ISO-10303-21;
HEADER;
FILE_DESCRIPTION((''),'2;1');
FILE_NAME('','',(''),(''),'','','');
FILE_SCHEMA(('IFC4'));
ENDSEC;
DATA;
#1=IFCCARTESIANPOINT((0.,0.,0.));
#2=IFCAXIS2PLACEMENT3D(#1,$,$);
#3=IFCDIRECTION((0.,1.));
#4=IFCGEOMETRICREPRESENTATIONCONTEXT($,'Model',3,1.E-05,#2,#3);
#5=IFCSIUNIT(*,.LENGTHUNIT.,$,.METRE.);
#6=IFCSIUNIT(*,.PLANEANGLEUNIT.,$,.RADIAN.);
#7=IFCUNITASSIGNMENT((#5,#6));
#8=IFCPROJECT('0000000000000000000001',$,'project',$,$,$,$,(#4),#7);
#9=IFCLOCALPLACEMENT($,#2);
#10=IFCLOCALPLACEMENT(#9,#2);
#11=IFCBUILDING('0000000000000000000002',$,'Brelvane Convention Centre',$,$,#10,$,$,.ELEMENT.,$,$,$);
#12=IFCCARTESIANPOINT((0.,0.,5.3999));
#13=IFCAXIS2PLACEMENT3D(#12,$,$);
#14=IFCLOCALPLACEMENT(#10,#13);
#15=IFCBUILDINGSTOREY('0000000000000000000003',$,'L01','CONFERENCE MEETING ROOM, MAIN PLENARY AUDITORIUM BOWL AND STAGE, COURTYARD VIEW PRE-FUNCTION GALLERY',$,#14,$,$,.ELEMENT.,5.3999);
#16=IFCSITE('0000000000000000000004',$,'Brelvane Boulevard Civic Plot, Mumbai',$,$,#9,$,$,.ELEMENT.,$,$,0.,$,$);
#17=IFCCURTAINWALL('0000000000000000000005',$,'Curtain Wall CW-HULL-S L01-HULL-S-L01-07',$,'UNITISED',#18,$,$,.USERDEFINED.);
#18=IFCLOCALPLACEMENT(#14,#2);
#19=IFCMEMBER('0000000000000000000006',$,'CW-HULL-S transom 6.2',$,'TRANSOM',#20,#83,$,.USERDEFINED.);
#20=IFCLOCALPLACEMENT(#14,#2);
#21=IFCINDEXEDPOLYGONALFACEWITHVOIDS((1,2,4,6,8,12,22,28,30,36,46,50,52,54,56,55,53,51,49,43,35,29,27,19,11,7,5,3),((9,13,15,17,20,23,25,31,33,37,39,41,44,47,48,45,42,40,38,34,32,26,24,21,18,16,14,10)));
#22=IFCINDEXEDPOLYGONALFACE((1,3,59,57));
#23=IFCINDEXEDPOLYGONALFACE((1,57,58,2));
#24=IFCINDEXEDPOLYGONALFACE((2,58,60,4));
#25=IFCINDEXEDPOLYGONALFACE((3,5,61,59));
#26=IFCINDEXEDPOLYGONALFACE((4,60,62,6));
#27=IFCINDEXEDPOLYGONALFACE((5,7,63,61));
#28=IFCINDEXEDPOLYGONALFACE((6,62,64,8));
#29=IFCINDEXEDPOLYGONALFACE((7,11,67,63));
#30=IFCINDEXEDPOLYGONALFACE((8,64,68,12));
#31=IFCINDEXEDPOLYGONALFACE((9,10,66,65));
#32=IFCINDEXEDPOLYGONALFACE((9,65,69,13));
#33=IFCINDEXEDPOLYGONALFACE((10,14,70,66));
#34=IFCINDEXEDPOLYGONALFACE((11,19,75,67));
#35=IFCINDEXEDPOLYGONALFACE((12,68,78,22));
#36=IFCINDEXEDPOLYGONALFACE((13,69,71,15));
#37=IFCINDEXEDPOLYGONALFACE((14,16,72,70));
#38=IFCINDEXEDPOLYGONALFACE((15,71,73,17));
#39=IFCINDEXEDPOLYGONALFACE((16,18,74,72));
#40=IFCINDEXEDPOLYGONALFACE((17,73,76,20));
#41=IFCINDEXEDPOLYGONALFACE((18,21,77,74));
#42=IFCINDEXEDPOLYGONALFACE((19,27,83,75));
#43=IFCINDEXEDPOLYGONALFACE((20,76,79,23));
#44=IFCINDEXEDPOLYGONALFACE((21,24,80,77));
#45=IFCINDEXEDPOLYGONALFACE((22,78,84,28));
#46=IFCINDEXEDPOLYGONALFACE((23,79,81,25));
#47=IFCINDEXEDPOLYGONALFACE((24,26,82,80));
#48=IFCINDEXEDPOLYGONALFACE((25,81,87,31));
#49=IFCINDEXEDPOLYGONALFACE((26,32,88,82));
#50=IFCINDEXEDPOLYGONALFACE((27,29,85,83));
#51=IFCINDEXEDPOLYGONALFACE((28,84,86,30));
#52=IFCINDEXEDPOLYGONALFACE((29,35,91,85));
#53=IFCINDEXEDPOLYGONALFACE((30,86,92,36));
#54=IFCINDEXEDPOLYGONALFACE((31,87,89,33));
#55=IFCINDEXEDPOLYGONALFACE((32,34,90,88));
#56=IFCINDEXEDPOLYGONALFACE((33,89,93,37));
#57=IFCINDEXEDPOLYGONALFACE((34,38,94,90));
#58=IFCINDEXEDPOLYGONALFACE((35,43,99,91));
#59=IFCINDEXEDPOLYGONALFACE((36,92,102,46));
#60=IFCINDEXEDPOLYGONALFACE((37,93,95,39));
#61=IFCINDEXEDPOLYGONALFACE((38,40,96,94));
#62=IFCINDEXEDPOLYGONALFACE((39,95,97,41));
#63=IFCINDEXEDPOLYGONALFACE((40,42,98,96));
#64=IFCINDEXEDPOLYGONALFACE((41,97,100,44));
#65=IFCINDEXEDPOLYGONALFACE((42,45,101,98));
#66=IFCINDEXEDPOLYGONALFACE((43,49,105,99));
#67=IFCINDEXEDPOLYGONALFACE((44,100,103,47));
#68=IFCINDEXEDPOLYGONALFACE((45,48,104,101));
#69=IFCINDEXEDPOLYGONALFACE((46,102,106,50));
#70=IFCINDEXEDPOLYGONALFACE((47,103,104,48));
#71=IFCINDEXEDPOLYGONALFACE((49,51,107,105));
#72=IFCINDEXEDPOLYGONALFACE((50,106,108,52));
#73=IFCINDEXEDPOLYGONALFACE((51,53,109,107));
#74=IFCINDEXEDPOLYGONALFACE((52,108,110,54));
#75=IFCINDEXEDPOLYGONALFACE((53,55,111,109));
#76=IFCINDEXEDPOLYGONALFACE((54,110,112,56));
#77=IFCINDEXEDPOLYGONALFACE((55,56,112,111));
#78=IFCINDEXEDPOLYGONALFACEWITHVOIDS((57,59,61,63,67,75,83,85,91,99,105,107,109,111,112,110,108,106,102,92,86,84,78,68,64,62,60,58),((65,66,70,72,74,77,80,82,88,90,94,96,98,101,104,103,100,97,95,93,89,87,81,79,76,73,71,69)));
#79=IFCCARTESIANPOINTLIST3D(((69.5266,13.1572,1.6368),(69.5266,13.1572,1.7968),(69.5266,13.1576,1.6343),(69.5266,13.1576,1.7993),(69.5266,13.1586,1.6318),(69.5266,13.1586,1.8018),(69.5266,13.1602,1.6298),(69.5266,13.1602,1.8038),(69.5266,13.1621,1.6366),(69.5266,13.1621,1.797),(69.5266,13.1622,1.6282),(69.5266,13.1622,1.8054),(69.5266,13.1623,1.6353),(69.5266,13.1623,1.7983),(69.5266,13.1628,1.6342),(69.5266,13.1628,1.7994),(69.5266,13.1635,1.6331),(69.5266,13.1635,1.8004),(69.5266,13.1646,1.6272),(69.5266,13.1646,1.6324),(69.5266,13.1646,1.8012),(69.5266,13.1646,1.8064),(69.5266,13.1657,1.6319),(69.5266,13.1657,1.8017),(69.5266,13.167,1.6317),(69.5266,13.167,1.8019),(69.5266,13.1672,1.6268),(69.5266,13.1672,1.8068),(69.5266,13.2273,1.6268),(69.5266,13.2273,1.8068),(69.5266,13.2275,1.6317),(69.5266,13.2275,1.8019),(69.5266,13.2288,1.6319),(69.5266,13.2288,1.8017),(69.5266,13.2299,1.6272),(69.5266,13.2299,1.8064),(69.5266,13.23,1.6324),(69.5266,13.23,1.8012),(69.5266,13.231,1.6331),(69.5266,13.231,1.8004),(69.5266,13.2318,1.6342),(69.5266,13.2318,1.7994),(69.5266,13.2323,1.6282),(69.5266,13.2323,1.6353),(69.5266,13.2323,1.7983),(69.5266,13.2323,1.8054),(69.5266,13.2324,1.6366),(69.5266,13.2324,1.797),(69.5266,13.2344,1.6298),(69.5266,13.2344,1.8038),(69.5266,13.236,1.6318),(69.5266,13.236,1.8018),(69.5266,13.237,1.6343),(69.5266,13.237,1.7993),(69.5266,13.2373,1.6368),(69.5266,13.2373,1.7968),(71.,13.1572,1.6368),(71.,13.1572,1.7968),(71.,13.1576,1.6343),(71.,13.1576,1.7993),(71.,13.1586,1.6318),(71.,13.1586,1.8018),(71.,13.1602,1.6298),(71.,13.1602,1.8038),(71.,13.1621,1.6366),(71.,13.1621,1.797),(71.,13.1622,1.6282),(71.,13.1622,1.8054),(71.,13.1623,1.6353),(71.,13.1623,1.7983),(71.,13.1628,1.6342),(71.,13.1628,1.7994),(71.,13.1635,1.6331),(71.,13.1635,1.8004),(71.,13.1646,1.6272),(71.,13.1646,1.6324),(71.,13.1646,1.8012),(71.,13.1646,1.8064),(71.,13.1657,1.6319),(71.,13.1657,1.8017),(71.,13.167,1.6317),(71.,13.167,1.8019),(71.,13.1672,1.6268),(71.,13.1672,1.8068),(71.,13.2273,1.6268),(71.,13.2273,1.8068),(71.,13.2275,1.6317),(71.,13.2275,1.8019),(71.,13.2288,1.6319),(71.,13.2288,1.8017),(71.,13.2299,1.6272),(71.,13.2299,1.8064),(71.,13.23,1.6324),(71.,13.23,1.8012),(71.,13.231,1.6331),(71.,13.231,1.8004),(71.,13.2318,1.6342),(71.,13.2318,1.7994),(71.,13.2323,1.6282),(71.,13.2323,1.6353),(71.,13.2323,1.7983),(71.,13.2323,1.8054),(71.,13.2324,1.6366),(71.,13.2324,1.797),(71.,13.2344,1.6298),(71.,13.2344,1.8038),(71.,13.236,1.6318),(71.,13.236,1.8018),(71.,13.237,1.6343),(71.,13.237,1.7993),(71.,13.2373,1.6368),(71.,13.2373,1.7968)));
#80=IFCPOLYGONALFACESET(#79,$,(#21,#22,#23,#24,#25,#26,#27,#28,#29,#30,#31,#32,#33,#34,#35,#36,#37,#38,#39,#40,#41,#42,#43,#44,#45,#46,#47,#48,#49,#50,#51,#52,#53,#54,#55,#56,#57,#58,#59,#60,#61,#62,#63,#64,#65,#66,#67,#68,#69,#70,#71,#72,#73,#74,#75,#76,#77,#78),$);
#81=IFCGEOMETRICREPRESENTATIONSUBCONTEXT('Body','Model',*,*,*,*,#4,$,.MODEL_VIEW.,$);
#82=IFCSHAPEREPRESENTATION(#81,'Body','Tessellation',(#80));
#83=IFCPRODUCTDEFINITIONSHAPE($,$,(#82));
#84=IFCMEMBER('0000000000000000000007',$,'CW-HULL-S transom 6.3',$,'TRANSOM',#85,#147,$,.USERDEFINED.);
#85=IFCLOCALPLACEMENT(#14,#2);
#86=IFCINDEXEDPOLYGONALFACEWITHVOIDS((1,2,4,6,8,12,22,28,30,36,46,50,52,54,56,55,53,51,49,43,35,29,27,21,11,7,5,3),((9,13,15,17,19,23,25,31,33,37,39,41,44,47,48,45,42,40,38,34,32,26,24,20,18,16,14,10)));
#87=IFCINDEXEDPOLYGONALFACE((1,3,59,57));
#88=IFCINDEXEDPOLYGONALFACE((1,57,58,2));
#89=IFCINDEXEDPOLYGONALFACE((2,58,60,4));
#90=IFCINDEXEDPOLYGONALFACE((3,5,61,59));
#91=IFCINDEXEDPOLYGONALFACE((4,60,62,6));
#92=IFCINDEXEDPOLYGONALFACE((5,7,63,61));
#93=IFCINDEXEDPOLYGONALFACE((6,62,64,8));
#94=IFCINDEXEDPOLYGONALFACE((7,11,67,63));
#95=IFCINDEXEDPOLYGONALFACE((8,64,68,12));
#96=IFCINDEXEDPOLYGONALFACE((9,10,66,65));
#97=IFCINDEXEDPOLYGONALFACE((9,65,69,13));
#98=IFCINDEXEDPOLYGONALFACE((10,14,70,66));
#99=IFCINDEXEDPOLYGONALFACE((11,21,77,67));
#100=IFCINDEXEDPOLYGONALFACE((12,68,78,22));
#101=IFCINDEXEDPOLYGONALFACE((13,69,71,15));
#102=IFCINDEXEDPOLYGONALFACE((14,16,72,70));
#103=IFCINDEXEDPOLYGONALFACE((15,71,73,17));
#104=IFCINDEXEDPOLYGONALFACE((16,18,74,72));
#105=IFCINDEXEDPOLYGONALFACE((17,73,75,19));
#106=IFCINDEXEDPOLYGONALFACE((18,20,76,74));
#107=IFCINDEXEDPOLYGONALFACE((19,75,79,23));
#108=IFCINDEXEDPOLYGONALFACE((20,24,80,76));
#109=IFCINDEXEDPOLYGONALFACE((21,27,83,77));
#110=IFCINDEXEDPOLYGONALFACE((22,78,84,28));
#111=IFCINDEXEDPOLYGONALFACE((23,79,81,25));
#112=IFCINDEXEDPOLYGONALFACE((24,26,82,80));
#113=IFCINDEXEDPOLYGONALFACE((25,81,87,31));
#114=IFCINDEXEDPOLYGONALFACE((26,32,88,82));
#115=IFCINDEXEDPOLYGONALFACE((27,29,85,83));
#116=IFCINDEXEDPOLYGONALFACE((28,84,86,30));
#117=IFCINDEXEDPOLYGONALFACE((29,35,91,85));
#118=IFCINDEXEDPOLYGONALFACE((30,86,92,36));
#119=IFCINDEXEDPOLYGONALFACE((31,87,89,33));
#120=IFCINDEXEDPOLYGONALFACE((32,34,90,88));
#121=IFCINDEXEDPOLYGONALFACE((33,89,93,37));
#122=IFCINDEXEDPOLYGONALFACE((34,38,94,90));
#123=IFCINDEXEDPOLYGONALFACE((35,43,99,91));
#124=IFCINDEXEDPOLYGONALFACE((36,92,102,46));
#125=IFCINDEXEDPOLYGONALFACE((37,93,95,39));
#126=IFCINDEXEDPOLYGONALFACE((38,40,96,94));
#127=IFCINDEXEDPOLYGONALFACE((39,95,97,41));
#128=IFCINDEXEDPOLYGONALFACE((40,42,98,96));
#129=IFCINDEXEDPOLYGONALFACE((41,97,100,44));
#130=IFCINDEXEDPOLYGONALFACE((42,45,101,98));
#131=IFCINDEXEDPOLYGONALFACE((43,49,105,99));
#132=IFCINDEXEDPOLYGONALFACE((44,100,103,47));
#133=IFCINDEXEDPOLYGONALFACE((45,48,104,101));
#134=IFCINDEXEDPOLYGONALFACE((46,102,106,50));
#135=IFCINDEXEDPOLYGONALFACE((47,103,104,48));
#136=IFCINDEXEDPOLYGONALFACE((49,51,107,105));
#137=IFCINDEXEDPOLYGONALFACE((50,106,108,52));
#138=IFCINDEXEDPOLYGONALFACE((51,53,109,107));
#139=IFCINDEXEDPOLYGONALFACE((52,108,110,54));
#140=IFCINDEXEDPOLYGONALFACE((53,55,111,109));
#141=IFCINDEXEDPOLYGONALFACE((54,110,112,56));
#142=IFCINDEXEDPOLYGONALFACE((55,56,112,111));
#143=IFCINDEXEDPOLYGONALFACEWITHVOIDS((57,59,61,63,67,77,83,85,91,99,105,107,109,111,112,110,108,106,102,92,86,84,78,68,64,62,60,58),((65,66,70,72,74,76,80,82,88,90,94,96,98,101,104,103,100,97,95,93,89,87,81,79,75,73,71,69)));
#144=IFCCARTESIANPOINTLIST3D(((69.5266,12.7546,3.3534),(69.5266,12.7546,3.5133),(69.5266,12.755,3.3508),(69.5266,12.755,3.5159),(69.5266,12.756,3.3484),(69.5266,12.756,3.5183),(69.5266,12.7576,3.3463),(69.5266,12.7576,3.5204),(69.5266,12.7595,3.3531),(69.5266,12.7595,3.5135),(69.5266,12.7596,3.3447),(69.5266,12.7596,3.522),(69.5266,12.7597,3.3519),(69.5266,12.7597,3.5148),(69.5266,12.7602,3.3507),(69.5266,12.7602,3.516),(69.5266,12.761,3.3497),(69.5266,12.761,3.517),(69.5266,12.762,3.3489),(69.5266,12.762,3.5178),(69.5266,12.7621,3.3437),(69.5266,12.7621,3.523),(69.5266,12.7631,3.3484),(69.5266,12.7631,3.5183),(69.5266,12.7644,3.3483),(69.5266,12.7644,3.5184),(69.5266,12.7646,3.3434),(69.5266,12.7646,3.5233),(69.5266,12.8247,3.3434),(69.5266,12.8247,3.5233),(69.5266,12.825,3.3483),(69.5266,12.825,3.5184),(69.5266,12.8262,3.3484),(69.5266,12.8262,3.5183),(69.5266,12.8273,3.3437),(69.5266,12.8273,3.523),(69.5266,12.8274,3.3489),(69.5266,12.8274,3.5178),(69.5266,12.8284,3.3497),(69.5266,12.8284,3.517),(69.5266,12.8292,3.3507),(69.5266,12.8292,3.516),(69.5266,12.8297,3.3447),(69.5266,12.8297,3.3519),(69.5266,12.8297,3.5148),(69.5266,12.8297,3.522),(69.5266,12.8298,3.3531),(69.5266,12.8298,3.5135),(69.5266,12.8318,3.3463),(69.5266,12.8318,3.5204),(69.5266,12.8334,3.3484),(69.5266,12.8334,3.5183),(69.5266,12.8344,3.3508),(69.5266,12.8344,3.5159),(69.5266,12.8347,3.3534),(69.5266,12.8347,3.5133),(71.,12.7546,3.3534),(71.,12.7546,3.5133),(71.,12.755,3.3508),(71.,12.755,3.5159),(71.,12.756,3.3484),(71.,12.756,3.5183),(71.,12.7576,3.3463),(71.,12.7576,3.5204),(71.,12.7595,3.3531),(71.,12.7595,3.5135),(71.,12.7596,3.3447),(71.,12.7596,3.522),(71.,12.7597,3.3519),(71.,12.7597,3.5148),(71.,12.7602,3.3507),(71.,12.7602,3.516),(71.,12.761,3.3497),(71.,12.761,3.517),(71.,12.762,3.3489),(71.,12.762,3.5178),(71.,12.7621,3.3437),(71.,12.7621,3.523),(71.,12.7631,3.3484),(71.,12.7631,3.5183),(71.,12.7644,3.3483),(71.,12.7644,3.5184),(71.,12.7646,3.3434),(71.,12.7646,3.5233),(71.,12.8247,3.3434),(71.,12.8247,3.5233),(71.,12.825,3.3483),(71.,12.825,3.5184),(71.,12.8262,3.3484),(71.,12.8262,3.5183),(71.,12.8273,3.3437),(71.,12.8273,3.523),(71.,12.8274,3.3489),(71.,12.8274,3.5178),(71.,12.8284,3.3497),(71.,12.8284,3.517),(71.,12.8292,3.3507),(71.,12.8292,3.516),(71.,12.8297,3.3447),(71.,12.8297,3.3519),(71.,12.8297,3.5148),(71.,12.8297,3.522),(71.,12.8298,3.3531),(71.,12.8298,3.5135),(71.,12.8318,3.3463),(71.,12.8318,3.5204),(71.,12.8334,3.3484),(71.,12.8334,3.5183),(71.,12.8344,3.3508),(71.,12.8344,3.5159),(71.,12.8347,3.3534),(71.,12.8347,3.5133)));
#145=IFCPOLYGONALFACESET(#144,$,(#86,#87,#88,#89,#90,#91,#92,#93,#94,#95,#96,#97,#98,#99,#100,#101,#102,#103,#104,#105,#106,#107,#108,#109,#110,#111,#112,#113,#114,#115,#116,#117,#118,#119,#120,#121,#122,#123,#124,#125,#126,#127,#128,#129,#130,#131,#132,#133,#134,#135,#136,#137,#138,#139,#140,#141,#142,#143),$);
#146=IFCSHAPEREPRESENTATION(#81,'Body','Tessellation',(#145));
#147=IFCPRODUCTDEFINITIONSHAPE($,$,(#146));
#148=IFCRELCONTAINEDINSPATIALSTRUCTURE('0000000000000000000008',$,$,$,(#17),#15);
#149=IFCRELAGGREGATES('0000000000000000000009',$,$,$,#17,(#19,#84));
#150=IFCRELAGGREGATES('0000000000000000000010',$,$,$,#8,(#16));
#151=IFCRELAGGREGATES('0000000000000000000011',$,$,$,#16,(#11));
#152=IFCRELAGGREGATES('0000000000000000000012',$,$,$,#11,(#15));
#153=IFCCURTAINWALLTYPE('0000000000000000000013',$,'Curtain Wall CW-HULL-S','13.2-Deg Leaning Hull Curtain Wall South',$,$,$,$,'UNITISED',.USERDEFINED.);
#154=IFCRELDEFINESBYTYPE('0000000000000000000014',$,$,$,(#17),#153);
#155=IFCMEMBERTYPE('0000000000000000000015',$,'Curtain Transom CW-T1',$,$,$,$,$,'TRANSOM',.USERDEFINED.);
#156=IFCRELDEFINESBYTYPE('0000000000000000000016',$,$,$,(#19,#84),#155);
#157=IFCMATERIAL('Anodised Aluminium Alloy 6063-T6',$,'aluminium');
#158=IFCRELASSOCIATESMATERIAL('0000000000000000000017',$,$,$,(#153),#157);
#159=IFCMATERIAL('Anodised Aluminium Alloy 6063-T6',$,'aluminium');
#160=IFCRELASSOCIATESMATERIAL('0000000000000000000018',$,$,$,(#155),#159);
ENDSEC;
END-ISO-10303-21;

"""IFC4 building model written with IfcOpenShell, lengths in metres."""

from ifc_helpers import new_model, si_unit, direction, frame, origin, origin_2d, place, context, subcontext, project, spatial, hollow_rectangle, extrude, material, material_profile, profile_set, type_object, element, aggregate, save


model = new_model("IFC4")

# Units and contexts
model_context = context("Model", 3, precision=1e-05, world=origin(), true_north=direction((0.0, 1.0)))
body_context = subcontext(model_context, "Body", "Model", "MODEL_VIEW")
ifc_project = project(units=[si_unit("LENGTHUNIT", "METRE"), si_unit("PLANEANGLEUNIT", "RADIAN")], contexts=[model_context])

# Site, building, storey
site_placement = place(None, origin())
site = spatial("IfcSite", under=ifc_project, at=site_placement, Name="Brelvane Boulevard Civic Plot, Mumbai", CompositionType="ELEMENT", RefElevation=0.0)
building_placement = place(site_placement, origin())
building = spatial("IfcBuilding", under=site, at=building_placement, Name="Brelvane Convention Centre", CompositionType="ELEMENT")
storey_placement = place(building_placement, frame((0.0, 0.0, 5.3999)))
storey = spatial("IfcBuildingStorey", under=building, at=storey_placement, Name="L01", Description="CONFERENCE MEETING ROOM, MAIN PLENARY AUDITORIUM BOWL AND STAGE, COURTYARD VIEW PRE-FUNCTION GALLERY", CompositionType="ELEMENT", Elevation=5.3999)

# Curtain wall, members
ifc_material_1 = material(Name="Anodised Aluminium Alloy 6063-T6", Category="aluminium")
curtain_wall_type = type_object("IfcCurtainWallType", Name="Curtain Wall CW-HULL-S", Description="13.2-Deg Leaning Hull Curtain Wall South", ElementType="UNITISED", PredefinedType="USERDEFINED", material=ifc_material_1)
curtain_wall_1_placement = place(storey_placement, origin())
curtain_wall_1 = element("IfcCurtainWall", 1, at=curtain_wall_1_placement, inside=storey, type_object=curtain_wall_type, Name="Curtain Wall CW-HULL-S L01-HULL-S-L01-07", ObjectType="UNITISED", PredefinedType="USERDEFINED")
ifc_material_2 = material(Name="Anodised Aluminium Alloy 6063-T6", Category="aluminium")
ifc_material_profile = material_profile(ifc_material_2, hollow_rectangle(XDim=0.0801, YDim=0.1799, WallThickness=0.0049, InnerFilletRadius=0.0049, OuterFilletRadius=0.01, at=origin_2d()), Name="ALU-T 180x80x5.0")
ifc_profile_set = profile_set([ifc_material_profile], Name="Anodised Aluminium Alloy 6063-T6")
member_type = type_object("IfcMemberType", Name="Curtain Transom CW-T1", ElementType="TRANSOM", PredefinedType="USERDEFINED", material=ifc_profile_set)
member_1_placement = place(storey_placement, frame((69.5266, 13.1973, 1.7168), z_axis=(1.0, 0.0, 0.0), x_axis=(0.0, 1.0, 0.0)))
member_1 = element("IfcMember", 2, at=member_1_placement, type_object=member_type, Name="CW-HULL-S transom 6.2", ObjectType="TRANSOM", PredefinedType="USERDEFINED", context=body_context, shape_type="SweptSolid", body=[
    extrude(hollow_rectangle(XDim=0.0801, YDim=0.1799, WallThickness=0.0049, InnerFilletRadius=0.0049, OuterFilletRadius=0.01, at=origin_2d()), origin(), (0.0, 0.0, 1.0), 1.4734),
])
member_2_placement = place(storey_placement, frame((69.5266, 12.7947, 3.4333), z_axis=(1.0, 0.0, 0.0), x_axis=(0.0, 1.0, 0.0)))
member_2 = element("IfcMember", 3, at=member_2_placement, type_object=member_type, Name="CW-HULL-S transom 6.3", ObjectType="TRANSOM", PredefinedType="USERDEFINED", context=body_context, shape_type="SweptSolid", body=[
    extrude(hollow_rectangle(XDim=0.0801, YDim=0.1799, WallThickness=0.0049, InnerFilletRadius=0.0049, OuterFilletRadius=0.01, at=origin_2d()), origin(), (0.0, 0.0, 1.0), 1.4734),
])

aggregate(curtain_wall_1, [member_1, member_2])

save(model, "model.ifc")
